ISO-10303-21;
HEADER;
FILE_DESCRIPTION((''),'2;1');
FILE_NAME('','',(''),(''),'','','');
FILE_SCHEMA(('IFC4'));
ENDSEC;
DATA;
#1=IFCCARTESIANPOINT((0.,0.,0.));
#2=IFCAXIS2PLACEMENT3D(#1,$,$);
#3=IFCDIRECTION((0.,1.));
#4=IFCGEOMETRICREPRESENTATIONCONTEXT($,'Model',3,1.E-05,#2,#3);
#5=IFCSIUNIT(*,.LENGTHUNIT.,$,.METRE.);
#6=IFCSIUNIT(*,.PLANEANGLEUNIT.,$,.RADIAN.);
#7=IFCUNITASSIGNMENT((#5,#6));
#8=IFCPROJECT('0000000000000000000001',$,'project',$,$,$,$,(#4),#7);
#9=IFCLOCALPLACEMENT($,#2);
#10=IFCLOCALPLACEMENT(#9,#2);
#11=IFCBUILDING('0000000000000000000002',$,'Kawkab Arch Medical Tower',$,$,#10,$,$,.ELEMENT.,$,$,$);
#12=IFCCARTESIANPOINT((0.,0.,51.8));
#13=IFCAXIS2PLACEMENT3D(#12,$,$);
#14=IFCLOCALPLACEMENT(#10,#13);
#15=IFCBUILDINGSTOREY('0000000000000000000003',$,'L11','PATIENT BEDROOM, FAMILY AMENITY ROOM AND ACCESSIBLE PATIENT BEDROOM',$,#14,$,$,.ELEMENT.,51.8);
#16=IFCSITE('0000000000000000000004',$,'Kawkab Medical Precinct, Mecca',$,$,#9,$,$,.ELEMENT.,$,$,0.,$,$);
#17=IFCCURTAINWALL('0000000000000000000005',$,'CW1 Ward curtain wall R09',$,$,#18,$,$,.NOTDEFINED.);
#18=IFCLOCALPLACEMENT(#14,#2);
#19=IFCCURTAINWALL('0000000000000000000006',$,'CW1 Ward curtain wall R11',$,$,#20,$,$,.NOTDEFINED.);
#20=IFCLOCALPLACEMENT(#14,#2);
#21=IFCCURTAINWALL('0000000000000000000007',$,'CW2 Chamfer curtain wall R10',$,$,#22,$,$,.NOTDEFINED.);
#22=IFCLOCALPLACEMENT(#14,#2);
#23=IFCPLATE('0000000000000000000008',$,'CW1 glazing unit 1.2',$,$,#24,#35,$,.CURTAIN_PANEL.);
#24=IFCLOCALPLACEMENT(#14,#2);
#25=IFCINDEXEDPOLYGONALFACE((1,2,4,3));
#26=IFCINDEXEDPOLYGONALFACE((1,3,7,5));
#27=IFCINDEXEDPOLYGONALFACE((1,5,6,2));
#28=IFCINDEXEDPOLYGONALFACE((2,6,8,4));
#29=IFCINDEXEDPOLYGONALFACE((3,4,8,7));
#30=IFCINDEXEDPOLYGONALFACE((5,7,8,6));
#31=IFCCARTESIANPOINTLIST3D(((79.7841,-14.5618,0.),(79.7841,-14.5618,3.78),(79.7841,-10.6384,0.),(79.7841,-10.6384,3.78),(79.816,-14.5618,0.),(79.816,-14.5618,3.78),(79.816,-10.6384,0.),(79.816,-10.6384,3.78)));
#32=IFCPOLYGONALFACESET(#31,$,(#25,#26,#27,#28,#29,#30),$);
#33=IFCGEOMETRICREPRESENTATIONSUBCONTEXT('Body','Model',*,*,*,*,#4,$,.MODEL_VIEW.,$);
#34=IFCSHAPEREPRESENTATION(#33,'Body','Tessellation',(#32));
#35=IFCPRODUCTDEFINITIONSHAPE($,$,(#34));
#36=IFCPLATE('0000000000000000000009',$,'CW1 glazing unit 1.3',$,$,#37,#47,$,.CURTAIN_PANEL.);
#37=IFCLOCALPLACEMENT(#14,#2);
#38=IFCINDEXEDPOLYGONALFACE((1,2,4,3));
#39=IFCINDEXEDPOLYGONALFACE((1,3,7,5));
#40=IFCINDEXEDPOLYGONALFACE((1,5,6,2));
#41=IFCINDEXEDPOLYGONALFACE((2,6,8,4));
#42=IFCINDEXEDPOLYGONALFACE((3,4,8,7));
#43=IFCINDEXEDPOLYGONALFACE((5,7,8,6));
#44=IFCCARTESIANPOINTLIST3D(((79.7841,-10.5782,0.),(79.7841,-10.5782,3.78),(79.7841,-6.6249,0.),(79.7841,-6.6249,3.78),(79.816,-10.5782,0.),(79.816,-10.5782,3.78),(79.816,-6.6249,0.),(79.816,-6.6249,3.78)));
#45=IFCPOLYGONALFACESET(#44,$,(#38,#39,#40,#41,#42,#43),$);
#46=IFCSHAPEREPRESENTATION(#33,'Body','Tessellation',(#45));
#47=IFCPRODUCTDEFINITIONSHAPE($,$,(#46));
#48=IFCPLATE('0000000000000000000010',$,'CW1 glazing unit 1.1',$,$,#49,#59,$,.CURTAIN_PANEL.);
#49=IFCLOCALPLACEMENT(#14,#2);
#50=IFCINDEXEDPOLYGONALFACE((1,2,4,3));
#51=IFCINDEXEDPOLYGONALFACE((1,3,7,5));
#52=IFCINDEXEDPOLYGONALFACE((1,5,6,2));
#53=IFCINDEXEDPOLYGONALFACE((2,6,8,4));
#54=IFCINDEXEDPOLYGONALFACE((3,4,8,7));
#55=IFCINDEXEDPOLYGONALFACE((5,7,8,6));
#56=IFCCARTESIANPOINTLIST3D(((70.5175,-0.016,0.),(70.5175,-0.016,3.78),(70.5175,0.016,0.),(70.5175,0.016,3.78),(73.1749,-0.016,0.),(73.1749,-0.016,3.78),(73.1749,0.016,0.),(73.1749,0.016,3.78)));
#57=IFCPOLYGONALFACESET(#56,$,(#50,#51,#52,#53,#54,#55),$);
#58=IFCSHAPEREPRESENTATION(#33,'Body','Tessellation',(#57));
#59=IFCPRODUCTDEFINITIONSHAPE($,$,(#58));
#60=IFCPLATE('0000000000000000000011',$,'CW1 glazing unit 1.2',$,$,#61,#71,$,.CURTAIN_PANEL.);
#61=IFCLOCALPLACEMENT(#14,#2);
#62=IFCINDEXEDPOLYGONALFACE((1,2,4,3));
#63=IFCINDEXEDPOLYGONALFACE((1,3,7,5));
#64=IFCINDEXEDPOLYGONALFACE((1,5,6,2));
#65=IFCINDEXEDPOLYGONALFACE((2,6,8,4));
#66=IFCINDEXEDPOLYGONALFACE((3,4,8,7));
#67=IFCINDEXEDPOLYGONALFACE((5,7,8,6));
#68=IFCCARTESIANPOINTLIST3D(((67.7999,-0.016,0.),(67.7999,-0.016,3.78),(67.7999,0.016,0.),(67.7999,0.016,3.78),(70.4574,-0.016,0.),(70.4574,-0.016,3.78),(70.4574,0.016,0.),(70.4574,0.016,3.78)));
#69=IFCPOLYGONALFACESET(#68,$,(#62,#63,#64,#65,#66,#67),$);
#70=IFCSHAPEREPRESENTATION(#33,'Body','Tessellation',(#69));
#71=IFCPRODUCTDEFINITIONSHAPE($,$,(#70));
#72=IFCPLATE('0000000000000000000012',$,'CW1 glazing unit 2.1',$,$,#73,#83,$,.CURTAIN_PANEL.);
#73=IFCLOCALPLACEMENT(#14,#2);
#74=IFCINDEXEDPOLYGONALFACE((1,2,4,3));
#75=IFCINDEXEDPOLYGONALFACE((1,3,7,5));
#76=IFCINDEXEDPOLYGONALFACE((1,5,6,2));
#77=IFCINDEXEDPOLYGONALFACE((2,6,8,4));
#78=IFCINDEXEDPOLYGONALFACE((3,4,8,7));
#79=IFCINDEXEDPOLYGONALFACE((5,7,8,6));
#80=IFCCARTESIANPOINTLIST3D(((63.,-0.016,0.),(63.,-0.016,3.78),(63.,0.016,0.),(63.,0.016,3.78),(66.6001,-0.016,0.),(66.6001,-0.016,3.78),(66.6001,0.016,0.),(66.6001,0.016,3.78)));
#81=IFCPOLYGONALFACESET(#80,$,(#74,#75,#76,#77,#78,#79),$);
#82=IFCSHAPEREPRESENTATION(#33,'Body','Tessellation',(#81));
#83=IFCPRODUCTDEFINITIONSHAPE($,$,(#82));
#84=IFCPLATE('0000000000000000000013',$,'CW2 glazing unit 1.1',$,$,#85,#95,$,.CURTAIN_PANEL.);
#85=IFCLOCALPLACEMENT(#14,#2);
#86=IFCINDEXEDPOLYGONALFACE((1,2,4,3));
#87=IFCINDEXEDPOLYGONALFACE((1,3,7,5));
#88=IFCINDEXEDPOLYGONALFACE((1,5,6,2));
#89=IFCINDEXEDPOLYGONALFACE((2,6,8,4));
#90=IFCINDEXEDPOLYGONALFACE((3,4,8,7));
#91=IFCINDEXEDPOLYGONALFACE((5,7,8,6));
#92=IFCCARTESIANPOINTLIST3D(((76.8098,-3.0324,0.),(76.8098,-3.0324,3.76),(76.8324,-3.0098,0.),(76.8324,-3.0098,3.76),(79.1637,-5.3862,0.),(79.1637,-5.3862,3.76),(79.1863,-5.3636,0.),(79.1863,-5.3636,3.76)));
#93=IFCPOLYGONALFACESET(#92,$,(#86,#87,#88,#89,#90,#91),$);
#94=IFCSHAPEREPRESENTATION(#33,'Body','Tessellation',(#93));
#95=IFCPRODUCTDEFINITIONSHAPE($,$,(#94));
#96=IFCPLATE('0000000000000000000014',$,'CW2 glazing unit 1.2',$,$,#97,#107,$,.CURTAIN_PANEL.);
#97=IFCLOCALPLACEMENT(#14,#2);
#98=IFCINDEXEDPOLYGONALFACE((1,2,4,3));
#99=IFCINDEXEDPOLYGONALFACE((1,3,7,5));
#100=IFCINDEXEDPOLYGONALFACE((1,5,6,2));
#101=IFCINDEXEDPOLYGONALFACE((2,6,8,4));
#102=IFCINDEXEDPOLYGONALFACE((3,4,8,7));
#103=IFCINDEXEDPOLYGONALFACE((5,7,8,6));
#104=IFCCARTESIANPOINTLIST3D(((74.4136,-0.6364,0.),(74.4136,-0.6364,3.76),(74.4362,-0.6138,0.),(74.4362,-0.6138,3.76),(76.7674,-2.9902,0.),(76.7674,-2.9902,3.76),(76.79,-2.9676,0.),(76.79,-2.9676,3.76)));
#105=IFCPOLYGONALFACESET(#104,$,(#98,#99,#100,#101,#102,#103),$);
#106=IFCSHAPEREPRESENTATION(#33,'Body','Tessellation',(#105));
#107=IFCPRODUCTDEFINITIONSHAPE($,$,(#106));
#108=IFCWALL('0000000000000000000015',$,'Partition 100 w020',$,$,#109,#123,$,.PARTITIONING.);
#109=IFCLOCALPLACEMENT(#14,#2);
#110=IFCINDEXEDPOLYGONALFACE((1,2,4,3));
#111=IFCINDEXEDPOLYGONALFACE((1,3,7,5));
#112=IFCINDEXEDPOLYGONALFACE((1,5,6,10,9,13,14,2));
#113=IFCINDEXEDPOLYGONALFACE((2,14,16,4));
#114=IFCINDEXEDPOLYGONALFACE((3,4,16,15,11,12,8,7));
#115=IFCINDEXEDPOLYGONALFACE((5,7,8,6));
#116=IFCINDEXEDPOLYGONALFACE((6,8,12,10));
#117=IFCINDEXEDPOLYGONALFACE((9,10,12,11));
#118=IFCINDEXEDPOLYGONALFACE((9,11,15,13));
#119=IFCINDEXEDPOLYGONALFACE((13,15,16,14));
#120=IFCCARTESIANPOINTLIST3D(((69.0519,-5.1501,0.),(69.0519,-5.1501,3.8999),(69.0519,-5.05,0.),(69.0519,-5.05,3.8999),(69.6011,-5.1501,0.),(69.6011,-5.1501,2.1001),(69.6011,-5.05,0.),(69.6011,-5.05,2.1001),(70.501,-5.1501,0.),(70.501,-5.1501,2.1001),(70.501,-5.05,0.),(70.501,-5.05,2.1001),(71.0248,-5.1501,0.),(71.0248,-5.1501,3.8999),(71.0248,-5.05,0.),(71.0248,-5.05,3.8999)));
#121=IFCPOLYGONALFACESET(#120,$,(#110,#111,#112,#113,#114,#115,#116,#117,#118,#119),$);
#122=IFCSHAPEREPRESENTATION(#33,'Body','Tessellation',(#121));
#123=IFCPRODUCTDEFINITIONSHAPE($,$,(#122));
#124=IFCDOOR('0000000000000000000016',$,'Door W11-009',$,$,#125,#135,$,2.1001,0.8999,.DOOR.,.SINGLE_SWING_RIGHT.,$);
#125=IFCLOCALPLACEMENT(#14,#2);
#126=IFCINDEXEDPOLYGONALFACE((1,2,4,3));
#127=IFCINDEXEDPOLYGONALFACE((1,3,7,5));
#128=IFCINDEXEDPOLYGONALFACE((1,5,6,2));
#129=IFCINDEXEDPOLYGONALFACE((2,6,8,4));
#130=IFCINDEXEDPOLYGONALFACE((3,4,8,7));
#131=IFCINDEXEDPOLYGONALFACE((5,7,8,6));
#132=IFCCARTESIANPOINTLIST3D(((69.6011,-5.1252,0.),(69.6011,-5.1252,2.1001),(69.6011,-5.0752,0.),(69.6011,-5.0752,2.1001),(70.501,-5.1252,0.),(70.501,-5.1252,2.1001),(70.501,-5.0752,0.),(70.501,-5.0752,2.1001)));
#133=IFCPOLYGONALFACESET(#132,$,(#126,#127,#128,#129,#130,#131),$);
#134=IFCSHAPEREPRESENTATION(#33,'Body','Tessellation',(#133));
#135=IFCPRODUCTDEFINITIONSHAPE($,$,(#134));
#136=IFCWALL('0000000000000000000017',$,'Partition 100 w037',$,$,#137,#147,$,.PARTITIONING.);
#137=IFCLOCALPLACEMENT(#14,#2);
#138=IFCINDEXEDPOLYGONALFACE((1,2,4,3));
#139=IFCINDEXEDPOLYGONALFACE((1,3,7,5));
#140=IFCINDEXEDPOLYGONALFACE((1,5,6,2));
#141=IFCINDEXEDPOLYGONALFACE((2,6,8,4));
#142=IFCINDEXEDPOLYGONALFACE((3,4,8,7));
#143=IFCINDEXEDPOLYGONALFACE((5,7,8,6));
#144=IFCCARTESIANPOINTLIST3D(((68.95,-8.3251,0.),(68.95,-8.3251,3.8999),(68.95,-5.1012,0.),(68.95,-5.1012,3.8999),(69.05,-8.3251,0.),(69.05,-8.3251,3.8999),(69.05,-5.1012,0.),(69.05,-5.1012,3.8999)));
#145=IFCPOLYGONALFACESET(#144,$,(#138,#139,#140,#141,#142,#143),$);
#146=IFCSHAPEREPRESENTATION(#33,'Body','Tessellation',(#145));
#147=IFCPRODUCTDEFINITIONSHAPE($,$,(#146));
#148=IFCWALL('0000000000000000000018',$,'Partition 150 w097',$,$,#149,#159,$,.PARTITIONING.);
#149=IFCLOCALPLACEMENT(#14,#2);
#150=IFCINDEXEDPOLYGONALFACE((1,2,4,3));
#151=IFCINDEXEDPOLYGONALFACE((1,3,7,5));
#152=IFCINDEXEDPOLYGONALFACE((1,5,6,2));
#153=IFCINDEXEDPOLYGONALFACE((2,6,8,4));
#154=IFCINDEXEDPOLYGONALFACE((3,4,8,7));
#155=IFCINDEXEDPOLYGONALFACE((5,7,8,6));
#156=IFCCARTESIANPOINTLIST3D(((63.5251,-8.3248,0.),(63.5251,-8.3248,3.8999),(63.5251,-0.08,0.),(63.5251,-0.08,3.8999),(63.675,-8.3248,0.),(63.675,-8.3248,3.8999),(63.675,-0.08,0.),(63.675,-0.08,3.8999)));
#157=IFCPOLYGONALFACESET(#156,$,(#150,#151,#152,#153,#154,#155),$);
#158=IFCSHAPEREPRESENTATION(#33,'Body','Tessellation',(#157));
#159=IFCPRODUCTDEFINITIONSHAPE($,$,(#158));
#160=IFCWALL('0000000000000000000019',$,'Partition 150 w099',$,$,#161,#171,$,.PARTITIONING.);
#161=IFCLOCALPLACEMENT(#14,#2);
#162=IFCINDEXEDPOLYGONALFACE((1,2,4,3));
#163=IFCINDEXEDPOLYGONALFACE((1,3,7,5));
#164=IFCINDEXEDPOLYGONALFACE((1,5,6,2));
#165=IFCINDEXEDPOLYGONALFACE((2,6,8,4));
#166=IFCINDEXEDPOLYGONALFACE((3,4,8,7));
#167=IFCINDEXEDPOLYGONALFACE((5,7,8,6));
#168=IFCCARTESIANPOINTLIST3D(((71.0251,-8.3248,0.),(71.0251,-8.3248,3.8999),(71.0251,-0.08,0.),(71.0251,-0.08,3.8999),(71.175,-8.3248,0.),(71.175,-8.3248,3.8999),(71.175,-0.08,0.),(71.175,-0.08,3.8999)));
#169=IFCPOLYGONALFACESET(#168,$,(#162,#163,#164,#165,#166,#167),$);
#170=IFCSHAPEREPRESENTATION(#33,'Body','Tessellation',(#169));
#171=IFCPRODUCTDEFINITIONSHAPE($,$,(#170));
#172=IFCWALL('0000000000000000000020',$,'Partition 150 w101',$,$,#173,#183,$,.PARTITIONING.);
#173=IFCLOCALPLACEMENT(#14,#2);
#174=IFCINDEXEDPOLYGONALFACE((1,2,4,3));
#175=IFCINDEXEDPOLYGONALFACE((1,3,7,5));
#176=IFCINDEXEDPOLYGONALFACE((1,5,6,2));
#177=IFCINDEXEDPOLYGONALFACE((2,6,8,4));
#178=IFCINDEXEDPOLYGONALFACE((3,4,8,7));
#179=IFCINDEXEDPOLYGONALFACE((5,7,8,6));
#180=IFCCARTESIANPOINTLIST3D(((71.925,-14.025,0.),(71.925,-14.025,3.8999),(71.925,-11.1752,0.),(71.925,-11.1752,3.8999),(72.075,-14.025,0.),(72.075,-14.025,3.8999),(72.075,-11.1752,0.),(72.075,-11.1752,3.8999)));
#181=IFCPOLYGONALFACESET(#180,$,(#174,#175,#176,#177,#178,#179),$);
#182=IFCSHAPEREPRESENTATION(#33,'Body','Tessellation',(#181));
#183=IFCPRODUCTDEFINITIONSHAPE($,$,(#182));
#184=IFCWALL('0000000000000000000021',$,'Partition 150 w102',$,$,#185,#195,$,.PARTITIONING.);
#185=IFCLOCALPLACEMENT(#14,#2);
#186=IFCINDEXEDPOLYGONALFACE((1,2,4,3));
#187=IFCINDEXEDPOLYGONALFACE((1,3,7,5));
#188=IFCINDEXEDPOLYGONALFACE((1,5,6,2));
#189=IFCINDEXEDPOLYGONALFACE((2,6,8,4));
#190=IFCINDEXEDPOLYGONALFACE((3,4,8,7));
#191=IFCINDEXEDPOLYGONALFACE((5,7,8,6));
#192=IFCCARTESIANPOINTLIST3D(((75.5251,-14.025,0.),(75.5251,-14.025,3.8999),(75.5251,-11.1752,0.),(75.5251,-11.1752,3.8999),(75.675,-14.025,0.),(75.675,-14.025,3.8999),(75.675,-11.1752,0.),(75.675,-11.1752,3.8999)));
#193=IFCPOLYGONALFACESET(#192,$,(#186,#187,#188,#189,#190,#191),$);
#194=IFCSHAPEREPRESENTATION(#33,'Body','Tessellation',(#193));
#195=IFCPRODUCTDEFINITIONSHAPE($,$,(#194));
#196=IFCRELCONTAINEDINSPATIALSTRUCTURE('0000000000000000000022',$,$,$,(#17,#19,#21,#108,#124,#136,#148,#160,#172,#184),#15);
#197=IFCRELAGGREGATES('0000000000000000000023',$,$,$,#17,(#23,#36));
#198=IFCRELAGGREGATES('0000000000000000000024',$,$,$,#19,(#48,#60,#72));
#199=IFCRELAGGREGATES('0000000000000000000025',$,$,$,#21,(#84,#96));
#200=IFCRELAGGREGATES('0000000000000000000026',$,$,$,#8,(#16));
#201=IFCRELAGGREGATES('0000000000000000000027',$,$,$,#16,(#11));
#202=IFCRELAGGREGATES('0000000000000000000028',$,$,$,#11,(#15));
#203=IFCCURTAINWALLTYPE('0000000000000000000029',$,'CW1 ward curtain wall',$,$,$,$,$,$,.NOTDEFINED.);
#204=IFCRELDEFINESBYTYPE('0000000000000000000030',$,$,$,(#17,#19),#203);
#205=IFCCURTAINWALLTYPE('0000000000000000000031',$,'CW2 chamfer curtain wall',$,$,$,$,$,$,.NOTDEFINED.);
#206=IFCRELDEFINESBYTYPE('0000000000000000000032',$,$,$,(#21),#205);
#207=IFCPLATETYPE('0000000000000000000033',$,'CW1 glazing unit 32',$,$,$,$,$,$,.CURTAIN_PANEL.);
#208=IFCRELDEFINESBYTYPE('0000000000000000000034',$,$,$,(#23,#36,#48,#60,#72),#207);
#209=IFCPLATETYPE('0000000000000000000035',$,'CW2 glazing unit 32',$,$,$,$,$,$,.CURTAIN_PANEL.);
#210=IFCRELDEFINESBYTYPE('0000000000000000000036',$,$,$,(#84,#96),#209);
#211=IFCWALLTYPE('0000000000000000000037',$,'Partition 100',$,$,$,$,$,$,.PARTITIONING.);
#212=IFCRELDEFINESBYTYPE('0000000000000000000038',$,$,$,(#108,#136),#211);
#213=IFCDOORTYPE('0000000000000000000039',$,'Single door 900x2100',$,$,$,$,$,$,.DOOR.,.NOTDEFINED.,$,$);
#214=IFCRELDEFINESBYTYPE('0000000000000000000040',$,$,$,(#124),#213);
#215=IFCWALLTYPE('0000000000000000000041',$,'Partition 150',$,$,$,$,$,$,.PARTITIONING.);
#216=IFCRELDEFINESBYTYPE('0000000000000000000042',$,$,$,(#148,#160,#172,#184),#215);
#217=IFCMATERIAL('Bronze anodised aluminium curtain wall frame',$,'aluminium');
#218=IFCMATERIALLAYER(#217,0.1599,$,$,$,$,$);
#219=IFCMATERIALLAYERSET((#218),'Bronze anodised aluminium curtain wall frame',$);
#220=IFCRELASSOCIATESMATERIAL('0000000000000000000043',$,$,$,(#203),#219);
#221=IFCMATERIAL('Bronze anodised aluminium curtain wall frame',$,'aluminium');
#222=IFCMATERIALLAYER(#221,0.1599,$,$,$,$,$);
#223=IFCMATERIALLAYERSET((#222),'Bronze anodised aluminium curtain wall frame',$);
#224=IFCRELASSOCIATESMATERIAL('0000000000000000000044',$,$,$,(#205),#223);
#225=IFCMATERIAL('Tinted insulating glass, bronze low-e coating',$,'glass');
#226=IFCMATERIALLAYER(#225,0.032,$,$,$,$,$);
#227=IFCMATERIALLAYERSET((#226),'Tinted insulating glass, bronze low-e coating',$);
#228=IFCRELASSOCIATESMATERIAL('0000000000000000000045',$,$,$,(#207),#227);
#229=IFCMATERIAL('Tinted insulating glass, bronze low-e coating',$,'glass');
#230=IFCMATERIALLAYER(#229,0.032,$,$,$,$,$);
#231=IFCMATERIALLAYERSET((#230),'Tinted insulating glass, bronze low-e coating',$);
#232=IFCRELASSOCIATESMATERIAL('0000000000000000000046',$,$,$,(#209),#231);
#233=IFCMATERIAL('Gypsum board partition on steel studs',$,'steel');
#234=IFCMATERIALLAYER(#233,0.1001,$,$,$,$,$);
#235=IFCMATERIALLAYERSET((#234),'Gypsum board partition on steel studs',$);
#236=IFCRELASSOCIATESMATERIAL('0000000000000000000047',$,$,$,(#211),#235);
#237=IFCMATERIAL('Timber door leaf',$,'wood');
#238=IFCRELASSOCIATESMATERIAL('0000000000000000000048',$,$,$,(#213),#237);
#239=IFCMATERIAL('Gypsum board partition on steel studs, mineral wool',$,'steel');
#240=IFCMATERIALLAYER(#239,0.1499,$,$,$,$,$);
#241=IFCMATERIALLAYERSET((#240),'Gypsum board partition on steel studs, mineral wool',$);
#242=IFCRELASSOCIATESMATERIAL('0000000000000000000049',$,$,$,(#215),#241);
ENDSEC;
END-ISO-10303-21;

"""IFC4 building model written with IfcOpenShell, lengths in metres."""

from ifc_helpers import new_model, si_unit, direction, frame, frame_2d, origin, origin_2d, place, context, subcontext, project, spatial, rectangle, extrude, material, layer, layer_set, type_object, element, fill, aggregate, save


model = new_model("IFC4")

# Units and contexts
model_context = context("Model", 3, precision=1e-05, world=origin(), true_north=direction((0.0, 1.0)))
body_context = subcontext(model_context, "Body", "Model", "MODEL_VIEW")
ifc_project = project(units=[si_unit("LENGTHUNIT", "METRE"), si_unit("PLANEANGLEUNIT", "RADIAN")], contexts=[model_context])

# Site, building, storey
site_placement = place(None, origin())
site = spatial("IfcSite", under=ifc_project, at=site_placement, Name="Kawkab Medical Precinct, Mecca", CompositionType="ELEMENT", RefElevation=0.0)
building_placement = place(site_placement, origin())
building = spatial("IfcBuilding", under=site, at=building_placement, Name="Kawkab Arch Medical Tower", CompositionType="ELEMENT")
storey_placement = place(building_placement, frame((0.0, 0.0, 51.8)))
storey = spatial("IfcBuildingStorey", under=building, at=storey_placement, Name="L11", Description="PATIENT BEDROOM, FAMILY AMENITY ROOM AND ACCESSIBLE PATIENT BEDROOM", CompositionType="ELEMENT", Elevation=51.8)

# Curtain walls
ifc_material_1 = material(Name="Bronze anodised aluminium curtain wall frame", Category="aluminium")
ifc_layer_1 = layer(ifc_material_1, 0.1599)
ifc_layer_set_1 = layer_set([ifc_layer_1], Name="Bronze anodised aluminium curtain wall frame")
curtain_wall_type_1 = type_object("IfcCurtainWallType", Name="CW1 ward curtain wall", PredefinedType="NOTDEFINED", material=ifc_layer_set_1)
placement = place(storey_placement, origin())
curtain_wall_1 = element("IfcCurtainWall", 1, at=placement, inside=storey, type_object=curtain_wall_type_1, Name="CW1 Ward curtain wall R09", PredefinedType="NOTDEFINED")
curtain_wall_2 = element("IfcCurtainWall", 2, at=placement, inside=storey, type_object=curtain_wall_type_1, Name="CW1 Ward curtain wall R11", PredefinedType="NOTDEFINED")
ifc_material_2 = material(Name="Bronze anodised aluminium curtain wall frame", Category="aluminium")
ifc_layer_2 = layer(ifc_material_2, 0.1599)
ifc_layer_set_2 = layer_set([ifc_layer_2], Name="Bronze anodised aluminium curtain wall frame")
curtain_wall_type_2 = type_object("IfcCurtainWallType", Name="CW2 chamfer curtain wall", PredefinedType="NOTDEFINED", material=ifc_layer_set_2)
curtain_wall_3 = element("IfcCurtainWall", 3, at=placement, inside=storey, type_object=curtain_wall_type_2, Name="CW2 Chamfer curtain wall R10", PredefinedType="NOTDEFINED")

# Plates
ifc_material_3 = material(Name="Tinted insulating glass, bronze low-e coating", Category="glass")
ifc_layer_3 = layer(ifc_material_3, 0.032)
ifc_layer_set_3 = layer_set([ifc_layer_3], Name="Tinted insulating glass, bronze low-e coating")
plate_type_1 = type_object("IfcPlateType", Name="CW1 glazing unit 32", PredefinedType="CURTAIN_PANEL", material=ifc_layer_set_3)
plate_1_placement = place(storey_placement, frame((79.8, -12.6001, 0.0), z_axis=(0.0, 0.0, 1.0), x_axis=(0.0, 1.0, 0.0)))
plate_1 = element("IfcPlate", 4, at=plate_1_placement, type_object=plate_type_1, Name="CW1 glazing unit 1.2", PredefinedType="CURTAIN_PANEL", context=body_context, shape_type="SweptSolid", body=[
    extrude(rectangle(XDim=3.9233, YDim=0.032, at=origin_2d()), origin(), (0.0, 0.0, 1.0), 3.78),
])
plate_2_placement = place(storey_placement, frame((79.8, -8.6016, 0.0), z_axis=(0.0, 0.0, 1.0), x_axis=(0.0, 1.0, 0.0)))
plate_2 = element("IfcPlate", 5, at=plate_2_placement, type_object=plate_type_1, Name="CW1 glazing unit 1.3", PredefinedType="CURTAIN_PANEL", context=body_context, shape_type="SweptSolid", body=[
    extrude(rectangle(XDim=3.9534, YDim=0.032, at=origin_2d()), origin(), (0.0, 0.0, 1.0), 3.78),
])
aggregate(curtain_wall_1, [plate_1, plate_2])
plate_3_placement = place(storey_placement, frame((71.8462, 0.0, 0.0), z_axis=(0.0, 0.0, 1.0), x_axis=(-1.0, 0.0, 0.0)))
plate_3 = element("IfcPlate", 6, at=plate_3_placement, type_object=plate_type_1, Name="CW1 glazing unit 1.1", PredefinedType="CURTAIN_PANEL", context=body_context, shape_type="SweptSolid", body=[
    extrude(rectangle(XDim=2.6575, YDim=0.032, at=origin_2d()), origin(), (0.0, 0.0, 1.0), 3.78),
])
plate_4_placement = place(storey_placement, frame((69.1287, 0.0, 0.0), z_axis=(0.0, 0.0, 1.0), x_axis=(-1.0, 0.0, 0.0)))
plate_4 = element("IfcPlate", 7, at=plate_4_placement, type_object=plate_type_1, Name="CW1 glazing unit 1.2", PredefinedType="CURTAIN_PANEL", context=body_context, shape_type="SweptSolid", body=[
    extrude(rectangle(XDim=2.6575, YDim=0.032, at=origin_2d()), origin(), (0.0, 0.0, 1.0), 3.78),
])
plate_5_placement = place(storey_placement, frame((64.8, 0.0, 0.0), z_axis=(0.0, 0.0, 1.0), x_axis=(-1.0, 0.0, 0.0)))
plate_5 = element("IfcPlate", 8, at=plate_5_placement, type_object=plate_type_1, Name="CW1 glazing unit 2.1", PredefinedType="CURTAIN_PANEL", context=body_context, shape_type="SweptSolid", body=[
    extrude(rectangle(XDim=3.6001, YDim=0.032, at=origin_2d()), origin(), (0.0, 0.0, 1.0), 3.78),
])
aggregate(curtain_wall_2, [plate_3, plate_4, plate_5])
ifc_material_4 = material(Name="Tinted insulating glass, bronze low-e coating", Category="glass")
ifc_layer_4 = layer(ifc_material_4, 0.032)
ifc_layer_set_4 = layer_set([ifc_layer_4], Name="Tinted insulating glass, bronze low-e coating")
plate_type_2 = type_object("IfcPlateType", Name="CW2 glazing unit 32", PredefinedType="CURTAIN_PANEL", material=ifc_layer_set_4)
plate_6_placement = place(storey_placement, frame((77.998, -4.198, 0.0), z_axis=(0.0, 0.0, 1.0), x_axis=(-0.707107, 0.707107, 0.0)))
plate_6 = element("IfcPlate", 9, at=plate_6_placement, type_object=plate_type_2, Name="CW2 glazing unit 1.1", PredefinedType="CURTAIN_PANEL", context=body_context, shape_type="SweptSolid", body=[
    extrude(rectangle(XDim=3.3289, YDim=0.032, at=origin_2d()), origin(), (0.0, 0.0, 1.0), 3.76),
])
plate_7_placement = place(storey_placement, frame((75.6018, -1.802, 0.0), z_axis=(0.0, 0.0, 1.0), x_axis=(-0.707107, 0.707107, 0.0)))
plate_7 = element("IfcPlate", 10, at=plate_7_placement, type_object=plate_type_2, Name="CW2 glazing unit 1.2", PredefinedType="CURTAIN_PANEL", context=body_context, shape_type="SweptSolid", body=[
    extrude(rectangle(XDim=3.3289, YDim=0.032, at=origin_2d()), origin(), (0.0, 0.0, 1.0), 3.76),
])
aggregate(curtain_wall_3, [plate_6, plate_7])

# Wall, opening, door
ifc_material_5 = material(Name="Gypsum board partition on steel studs", Category="steel")
ifc_layer_5 = layer(ifc_material_5, 0.1001)
ifc_layer_set_5 = layer_set([ifc_layer_5], Name="Gypsum board partition on steel studs")
wall_type_1 = type_object("IfcWallType", Name="Partition 100", PredefinedType="PARTITIONING", material=ifc_layer_set_5)
wall_1_placement = place(storey_placement, frame((69.052, -5.1001, 0.0), z_axis=(0.0, 0.0, 1.0), x_axis=(1.0, 0.0, 0.0)))
wall_1 = element("IfcWall", 11, at=wall_1_placement, inside=storey, type_object=wall_type_1, Name="Partition 100 w020", PredefinedType="PARTITIONING", context=body_context, shape_type="SweptSolid", body=[
    extrude(rectangle(XDim=1.9729, YDim=0.1001, at=frame_2d((0.9863, 0.0))), origin(), (0.0, 0.0, 1.0), 3.8999),
])
opening_1_placement = place(wall_1_placement, frame((0.5491, 0.0, 0.0)))
opening_1 = element("IfcOpeningElement", 12, at=opening_1_placement, cuts=wall_1, PredefinedType="OPENING", context=body_context, shape_type="SweptSolid", body=[
    extrude(rectangle(XDim=0.8999, YDim=2.1001, at=frame_2d((0.45, 1.05))), frame((0.0, 0.0601, 0.0), z_axis=(0.0, -1.0, 0.0), x_axis=(1.0, 0.0, 0.0)), (0.0, 0.0, 1.0), 0.1201),
])
ifc_material_6 = material(Name="Timber door leaf", Category="wood")
door_type_1 = type_object("IfcDoorType", Name="Single door 900x2100", OperationType="NOTDEFINED", PredefinedType="DOOR", material=ifc_material_6)
door_1_placement = place(opening_1_placement, origin())
door_1 = element("IfcDoor", 13, at=door_1_placement, inside=storey, type_object=door_type_1, Name="Door W11-009", OperationType="SINGLE_SWING_RIGHT", OverallHeight=2.1001, OverallWidth=0.8999, PredefinedType="DOOR", context=body_context, shape_type="SweptSolid", body=[
    extrude(rectangle(XDim=0.8999, YDim=2.1001, at=frame_2d((0.45, 1.05))), frame((0.0, 0.0249, 0.0), z_axis=(0.0, -1.0, 0.0), x_axis=(1.0, 0.0, 0.0)), (0.0, 0.0, 1.0), 0.05),
])
fill(opening_1, door_1)

# Walls
wall_2_placement = place(storey_placement, frame((69.0, -8.325, 0.0), z_axis=(0.0, 0.0, 1.0), x_axis=(0.0, 1.0, 0.0)))
element("IfcWall", 14, at=wall_2_placement, inside=storey, type_object=wall_type_1, Name="Partition 100 w037", PredefinedType="PARTITIONING", context=body_context, shape_type="SweptSolid", body=[
    extrude(rectangle(XDim=3.2239, YDim=0.1001, at=frame_2d((1.6118, 0.0))), origin(), (0.0, 0.0, 1.0), 3.8999),
])
ifc_material_7 = material(Name="Gypsum board partition on steel studs, mineral wool", Category="steel")
ifc_layer_6 = layer(ifc_material_7, 0.1499)
ifc_layer_set_6 = layer_set([ifc_layer_6], Name="Gypsum board partition on steel studs, mineral wool")
wall_type_2 = type_object("IfcWallType", Name="Partition 150", PredefinedType="PARTITIONING", material=ifc_layer_set_6)
for number, where, z_axis, x_axis, name in (
    (15, (63.6001, -8.325, 0.0), (0.0, 0.0, 1.0), (0.0, 1.0, 0.0), "Partition 150 w097"),
    (16, (71.1001, -8.325, 0.0), (0.0, 0.0, 1.0), (0.0, 1.0, 0.0), "Partition 150 w099"),
):
    element("IfcWall", number, at=place(storey_placement, frame(where, z_axis=z_axis, x_axis=x_axis)), inside=storey, type_object=wall_type_2, Name=name, PredefinedType="PARTITIONING", context=body_context, shape_type="SweptSolid", body=[
        extrude(rectangle(XDim=8.2449, YDim=0.1499, at=frame_2d((4.1226, 0.0))), origin(), (0.0, 0.0, 1.0), 3.8999),
    ])
for number, where, z_axis, x_axis, name in (
    (17, (72.0, -14.0249, 0.0), (0.0, 0.0, 1.0), (0.0, 1.0, 0.0), "Partition 150 w101"),
    (18, (75.6001, -14.0249, 0.0), (0.0, 0.0, 1.0), (0.0, 1.0, 0.0), "Partition 150 w102"),
):
    element("IfcWall", number, at=place(storey_placement, frame(where, z_axis=z_axis, x_axis=x_axis)), inside=storey, type_object=wall_type_2, Name=name, PredefinedType="PARTITIONING", context=body_context, shape_type="SweptSolid", body=[
        extrude(rectangle(XDim=2.8499, YDim=0.1499, at=frame_2d((1.4248, 0.0))), origin(), (0.0, 0.0, 1.0), 3.8999),
    ])

save(model, "model.ifc")
